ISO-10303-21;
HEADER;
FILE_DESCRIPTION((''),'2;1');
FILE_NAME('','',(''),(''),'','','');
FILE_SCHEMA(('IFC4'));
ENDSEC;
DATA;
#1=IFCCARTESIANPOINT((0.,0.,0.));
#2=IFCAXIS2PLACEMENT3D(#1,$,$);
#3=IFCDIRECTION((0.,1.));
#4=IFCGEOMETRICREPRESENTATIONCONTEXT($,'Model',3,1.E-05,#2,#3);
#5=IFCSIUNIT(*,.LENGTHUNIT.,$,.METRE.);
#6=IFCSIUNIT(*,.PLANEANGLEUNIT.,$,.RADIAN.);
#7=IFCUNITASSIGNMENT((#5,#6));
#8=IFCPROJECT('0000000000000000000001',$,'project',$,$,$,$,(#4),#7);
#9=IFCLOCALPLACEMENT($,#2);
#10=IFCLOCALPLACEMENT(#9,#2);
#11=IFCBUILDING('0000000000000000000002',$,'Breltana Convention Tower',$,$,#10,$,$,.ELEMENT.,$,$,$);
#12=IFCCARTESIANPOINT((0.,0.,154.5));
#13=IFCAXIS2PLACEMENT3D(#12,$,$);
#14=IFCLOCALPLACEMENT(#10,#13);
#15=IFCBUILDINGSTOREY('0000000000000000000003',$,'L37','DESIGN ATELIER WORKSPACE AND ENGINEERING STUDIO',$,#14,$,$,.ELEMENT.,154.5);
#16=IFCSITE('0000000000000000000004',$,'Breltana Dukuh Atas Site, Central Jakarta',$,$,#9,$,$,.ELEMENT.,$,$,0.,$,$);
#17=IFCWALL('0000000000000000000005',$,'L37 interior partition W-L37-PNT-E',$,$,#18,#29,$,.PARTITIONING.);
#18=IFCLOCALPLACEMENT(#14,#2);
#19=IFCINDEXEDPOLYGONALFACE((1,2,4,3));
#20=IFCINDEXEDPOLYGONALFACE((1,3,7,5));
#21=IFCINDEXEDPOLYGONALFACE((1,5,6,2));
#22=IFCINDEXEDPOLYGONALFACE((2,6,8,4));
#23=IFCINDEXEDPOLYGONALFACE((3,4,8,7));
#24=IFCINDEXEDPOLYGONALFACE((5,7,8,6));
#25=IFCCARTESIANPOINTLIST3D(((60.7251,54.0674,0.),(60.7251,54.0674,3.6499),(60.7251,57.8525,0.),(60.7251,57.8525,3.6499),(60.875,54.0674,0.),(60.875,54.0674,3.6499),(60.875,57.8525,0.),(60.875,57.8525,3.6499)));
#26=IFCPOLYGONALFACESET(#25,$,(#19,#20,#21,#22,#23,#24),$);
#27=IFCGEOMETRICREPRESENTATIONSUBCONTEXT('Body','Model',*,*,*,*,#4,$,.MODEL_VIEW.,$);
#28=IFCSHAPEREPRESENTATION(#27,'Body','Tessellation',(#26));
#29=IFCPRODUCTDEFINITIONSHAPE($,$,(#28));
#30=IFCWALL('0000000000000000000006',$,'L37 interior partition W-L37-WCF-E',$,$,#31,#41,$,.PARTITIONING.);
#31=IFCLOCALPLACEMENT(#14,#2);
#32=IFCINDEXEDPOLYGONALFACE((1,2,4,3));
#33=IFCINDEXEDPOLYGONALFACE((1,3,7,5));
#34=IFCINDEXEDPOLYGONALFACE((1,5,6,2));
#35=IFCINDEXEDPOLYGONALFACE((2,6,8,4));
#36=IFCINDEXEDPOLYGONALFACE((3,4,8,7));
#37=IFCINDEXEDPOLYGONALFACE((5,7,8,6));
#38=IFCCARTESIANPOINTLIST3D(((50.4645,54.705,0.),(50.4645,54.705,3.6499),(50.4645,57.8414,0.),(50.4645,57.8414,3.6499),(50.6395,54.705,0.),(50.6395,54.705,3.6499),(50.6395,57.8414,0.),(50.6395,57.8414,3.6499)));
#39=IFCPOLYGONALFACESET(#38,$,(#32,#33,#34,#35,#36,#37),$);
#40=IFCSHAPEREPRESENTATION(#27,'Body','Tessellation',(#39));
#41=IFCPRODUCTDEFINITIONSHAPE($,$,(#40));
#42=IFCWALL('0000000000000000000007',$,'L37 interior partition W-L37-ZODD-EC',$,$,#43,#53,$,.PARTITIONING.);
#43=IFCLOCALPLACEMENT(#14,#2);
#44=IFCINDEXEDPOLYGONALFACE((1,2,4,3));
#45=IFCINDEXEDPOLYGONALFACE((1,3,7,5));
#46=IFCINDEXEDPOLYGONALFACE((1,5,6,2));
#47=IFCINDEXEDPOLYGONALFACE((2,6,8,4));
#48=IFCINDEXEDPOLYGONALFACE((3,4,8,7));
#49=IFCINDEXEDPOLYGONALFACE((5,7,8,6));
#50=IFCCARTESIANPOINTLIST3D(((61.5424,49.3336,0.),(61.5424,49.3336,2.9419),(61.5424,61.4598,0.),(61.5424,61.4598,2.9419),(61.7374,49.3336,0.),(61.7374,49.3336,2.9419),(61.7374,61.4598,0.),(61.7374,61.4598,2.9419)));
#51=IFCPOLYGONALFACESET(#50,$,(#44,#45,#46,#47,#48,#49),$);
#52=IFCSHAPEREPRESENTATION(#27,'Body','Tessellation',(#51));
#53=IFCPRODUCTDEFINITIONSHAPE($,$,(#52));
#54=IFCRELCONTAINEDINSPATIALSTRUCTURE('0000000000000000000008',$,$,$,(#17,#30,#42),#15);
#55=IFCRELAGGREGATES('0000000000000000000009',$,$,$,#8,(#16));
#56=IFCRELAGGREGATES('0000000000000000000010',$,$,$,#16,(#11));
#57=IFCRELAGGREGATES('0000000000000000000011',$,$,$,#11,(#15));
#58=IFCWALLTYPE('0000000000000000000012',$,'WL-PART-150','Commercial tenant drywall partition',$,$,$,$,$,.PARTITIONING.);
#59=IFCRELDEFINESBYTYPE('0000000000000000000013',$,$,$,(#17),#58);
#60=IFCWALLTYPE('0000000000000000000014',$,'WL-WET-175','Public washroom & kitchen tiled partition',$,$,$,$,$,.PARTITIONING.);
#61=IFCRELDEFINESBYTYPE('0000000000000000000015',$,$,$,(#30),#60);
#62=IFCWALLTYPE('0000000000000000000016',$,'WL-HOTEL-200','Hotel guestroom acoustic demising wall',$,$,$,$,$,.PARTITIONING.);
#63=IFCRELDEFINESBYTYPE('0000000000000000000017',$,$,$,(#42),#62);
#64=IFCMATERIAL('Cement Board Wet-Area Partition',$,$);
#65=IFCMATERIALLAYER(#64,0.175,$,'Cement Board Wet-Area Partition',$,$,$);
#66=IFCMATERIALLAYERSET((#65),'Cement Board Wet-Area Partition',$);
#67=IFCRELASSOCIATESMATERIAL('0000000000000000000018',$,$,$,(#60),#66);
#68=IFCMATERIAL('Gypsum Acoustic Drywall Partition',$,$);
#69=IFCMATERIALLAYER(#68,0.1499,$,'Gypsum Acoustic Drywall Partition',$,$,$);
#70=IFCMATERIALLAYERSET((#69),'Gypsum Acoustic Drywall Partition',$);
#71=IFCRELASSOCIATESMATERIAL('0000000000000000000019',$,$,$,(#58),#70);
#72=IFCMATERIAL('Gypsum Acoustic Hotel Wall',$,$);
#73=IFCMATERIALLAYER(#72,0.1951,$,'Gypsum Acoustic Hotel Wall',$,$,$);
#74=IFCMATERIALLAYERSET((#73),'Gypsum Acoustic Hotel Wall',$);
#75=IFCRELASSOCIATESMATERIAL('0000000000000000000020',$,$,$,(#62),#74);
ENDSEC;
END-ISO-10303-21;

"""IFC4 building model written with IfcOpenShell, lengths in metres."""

from ifc_helpers import new_model, si_unit, direction, frame, frame_2d, origin, place, context, subcontext, project, spatial, rectangle, extrude, source, transform, mapped, material, layer, layer_set, type_object, element, save


model = new_model("IFC4")

# Units and contexts
model_context = context("Model", 3, precision=1e-05, world=origin(), true_north=direction((0.0, 1.0)))
body_context = subcontext(model_context, "Body", "Model", "MODEL_VIEW")
ifc_project = project(units=[si_unit("LENGTHUNIT", "METRE"), si_unit("PLANEANGLEUNIT", "RADIAN")], contexts=[model_context])

# Site, building, storey
site_placement = place(None, origin())
site = spatial("IfcSite", under=ifc_project, at=site_placement, Name="Breltana Dukuh Atas Site, Central Jakarta", CompositionType="ELEMENT", RefElevation=0.0)
building_placement = place(site_placement, origin())
building = spatial("IfcBuilding", under=site, at=building_placement, Name="Breltana Convention Tower", CompositionType="ELEMENT")
storey_placement = place(building_placement, frame((0.0, 0.0, 154.5)))
storey = spatial("IfcBuildingStorey", under=building, at=storey_placement, Name="L37", Description="DESIGN ATELIER WORKSPACE AND ENGINEERING STUDIO", CompositionType="ELEMENT", Elevation=154.5)

# Shared definitions
ifc_material_1 = material(Name="Cement Board Wet-Area Partition")
ifc_layer_1 = layer(ifc_material_1, 0.175, Name="Cement Board Wet-Area Partition")
ifc_layer_set_1 = layer_set([ifc_layer_1], Name="Cement Board Wet-Area Partition")
wall_type_1 = type_object("IfcWallType", Name="WL-WET-175", Description="Public washroom & kitchen tiled partition", PredefinedType="PARTITIONING", material=ifc_layer_set_1)

# Shared definitions
ifc_material_2 = material(Name="Gypsum Acoustic Drywall Partition")
ifc_layer_2 = layer(ifc_material_2, 0.1499, Name="Gypsum Acoustic Drywall Partition")
ifc_layer_set_2 = layer_set([ifc_layer_2], Name="Gypsum Acoustic Drywall Partition")
wall_type_2 = type_object("IfcWallType", Name="WL-PART-150", Description="Commercial tenant drywall partition", PredefinedType="PARTITIONING", material=ifc_layer_set_2)

# Walls
shared_shape_1 = source(origin(), body_context, "Body", "SweptSolid", [
    extrude(rectangle(XDim=3.7852, YDim=0.1499, at=frame_2d((1.8926, 0.0))), origin(), (0.0, 0.0, 1.0), 3.6499),
])
for number, where, z_axis, x_axis, name in (
    (1, (60.8, 54.0674, 0.0), (0.0, 0.0, 1.0), (0.0, 1.0, 0.0), "L37 interior partition W-L37-PNT-E"),
):
    element("IfcWall", number, at=place(storey_placement, frame(where, z_axis=z_axis, x_axis=x_axis)), inside=storey, type_object=wall_type_2, Name=name, PredefinedType="PARTITIONING", context=body_context, shape_type="MappedRepresentation", body=[
        mapped(shared_shape_1, transform((0.0, 0.0, 0.0), scale=1.0)),
    ])
shared_shape_2 = source(origin(), body_context, "Body", "SweptSolid", [
    extrude(rectangle(XDim=3.1365, YDim=0.175, at=frame_2d((1.5684, 0.0))), origin(), (0.0, 0.0, 1.0), 3.6499),
])
wall_1_placement = place(storey_placement, frame((50.552, 54.7048, 0.0), z_axis=(0.0, 0.0, 1.0), x_axis=(0.0, 1.0, 0.0)))
element("IfcWall", 2, at=wall_1_placement, inside=storey, type_object=wall_type_1, Name="L37 interior partition W-L37-WCF-E", PredefinedType="PARTITIONING", context=body_context, shape_type="MappedRepresentation", body=[
    mapped(shared_shape_2, transform((0.0, 0.0, 0.0), scale=1.0)),
])
ifc_material_3 = material(Name="Gypsum Acoustic Hotel Wall")
ifc_layer_3 = layer(ifc_material_3, 0.1951, Name="Gypsum Acoustic Hotel Wall")
ifc_layer_set_3 = layer_set([ifc_layer_3], Name="Gypsum Acoustic Hotel Wall")
wall_type_3 = type_object("IfcWallType", Name="WL-HOTEL-200", Description="Hotel guestroom acoustic demising wall", PredefinedType="PARTITIONING", material=ifc_layer_set_3)
shared_shape_3 = source(origin(), body_context, "Body", "SweptSolid", [
    extrude(rectangle(XDim=12.1262, YDim=0.1951, at=frame_2d((6.063, 0.0))), origin(), (0.0, 0.0, 1.0), 2.9419),
])
wall_2_placement = place(storey_placement, frame((61.6399, 49.3337, 0.0), z_axis=(0.0, 0.0, 1.0), x_axis=(0.0, 1.0, 0.0)))
element("IfcWall", 3, at=wall_2_placement, inside=storey, type_object=wall_type_3, Name="L37 interior partition W-L37-ZODD-EC", PredefinedType="PARTITIONING", context=body_context, shape_type="MappedRepresentation", body=[
    mapped(shared_shape_3, transform((0.0, 0.0, 0.0), scale=1.0)),
])

save(model, "model.ifc")
